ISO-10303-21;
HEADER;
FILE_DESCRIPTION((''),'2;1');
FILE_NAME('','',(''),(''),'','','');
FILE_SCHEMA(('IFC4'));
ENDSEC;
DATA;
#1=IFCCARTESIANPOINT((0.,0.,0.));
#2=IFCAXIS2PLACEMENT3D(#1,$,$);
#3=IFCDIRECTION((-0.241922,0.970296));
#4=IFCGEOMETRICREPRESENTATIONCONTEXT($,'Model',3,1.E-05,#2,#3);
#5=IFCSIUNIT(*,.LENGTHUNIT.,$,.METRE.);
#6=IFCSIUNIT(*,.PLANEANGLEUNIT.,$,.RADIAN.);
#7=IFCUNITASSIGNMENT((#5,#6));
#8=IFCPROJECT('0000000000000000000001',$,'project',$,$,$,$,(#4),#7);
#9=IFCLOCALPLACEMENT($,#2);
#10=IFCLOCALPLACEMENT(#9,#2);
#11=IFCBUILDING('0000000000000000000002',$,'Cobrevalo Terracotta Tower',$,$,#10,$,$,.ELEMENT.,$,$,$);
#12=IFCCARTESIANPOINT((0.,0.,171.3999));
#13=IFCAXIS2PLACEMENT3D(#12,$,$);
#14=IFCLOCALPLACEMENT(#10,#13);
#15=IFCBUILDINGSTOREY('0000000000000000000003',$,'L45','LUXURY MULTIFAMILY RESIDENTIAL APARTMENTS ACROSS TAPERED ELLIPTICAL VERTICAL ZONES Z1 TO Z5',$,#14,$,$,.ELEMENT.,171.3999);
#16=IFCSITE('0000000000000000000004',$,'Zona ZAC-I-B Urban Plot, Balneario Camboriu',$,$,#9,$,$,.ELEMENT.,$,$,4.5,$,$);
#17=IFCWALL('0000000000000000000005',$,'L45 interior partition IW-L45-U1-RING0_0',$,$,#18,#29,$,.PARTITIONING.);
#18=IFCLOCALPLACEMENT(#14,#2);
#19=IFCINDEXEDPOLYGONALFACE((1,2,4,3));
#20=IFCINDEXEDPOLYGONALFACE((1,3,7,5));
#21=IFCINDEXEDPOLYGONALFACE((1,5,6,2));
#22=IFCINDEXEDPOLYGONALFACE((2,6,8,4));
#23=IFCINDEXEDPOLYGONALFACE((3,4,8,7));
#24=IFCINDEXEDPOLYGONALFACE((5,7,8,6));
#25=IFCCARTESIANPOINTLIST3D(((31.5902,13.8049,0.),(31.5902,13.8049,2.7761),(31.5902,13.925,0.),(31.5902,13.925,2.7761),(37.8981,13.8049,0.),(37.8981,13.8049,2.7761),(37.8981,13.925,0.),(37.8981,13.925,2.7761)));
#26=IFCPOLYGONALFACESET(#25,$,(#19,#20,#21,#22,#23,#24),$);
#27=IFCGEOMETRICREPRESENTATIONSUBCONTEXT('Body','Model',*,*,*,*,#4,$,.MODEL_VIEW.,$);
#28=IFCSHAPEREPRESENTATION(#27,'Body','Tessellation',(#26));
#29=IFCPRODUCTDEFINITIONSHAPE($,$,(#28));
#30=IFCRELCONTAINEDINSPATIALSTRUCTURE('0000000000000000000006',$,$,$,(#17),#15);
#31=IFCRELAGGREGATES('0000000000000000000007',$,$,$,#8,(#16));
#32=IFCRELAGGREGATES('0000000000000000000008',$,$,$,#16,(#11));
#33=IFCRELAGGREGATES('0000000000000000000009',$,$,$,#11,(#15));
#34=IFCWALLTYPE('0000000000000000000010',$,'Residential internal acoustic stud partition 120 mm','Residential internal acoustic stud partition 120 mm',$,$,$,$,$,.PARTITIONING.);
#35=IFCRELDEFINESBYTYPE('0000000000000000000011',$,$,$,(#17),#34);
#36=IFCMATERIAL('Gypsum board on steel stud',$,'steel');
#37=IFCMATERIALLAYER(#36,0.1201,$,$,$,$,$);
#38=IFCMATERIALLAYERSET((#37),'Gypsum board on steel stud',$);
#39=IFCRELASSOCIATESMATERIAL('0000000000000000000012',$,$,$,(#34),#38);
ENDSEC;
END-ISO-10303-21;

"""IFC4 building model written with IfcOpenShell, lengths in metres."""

from ifc_helpers import new_model, si_unit, direction, frame, frame_2d, origin, place, context, subcontext, project, spatial, rectangle, extrude, material, layer, layer_set, type_object, element, save


model = new_model("IFC4")

# Units and contexts
model_context = context("Model", 3, precision=1e-05, world=origin(), true_north=direction((-0.241922, 0.970296)))
body_context = subcontext(model_context, "Body", "Model", "MODEL_VIEW")
ifc_project = project(units=[si_unit("LENGTHUNIT", "METRE"), si_unit("PLANEANGLEUNIT", "RADIAN")], contexts=[model_context])

# Site, building, storey
site_placement = place(None, origin())
site = spatial("IfcSite", under=ifc_project, at=site_placement, Name="Zona ZAC-I-B Urban Plot, Balneario Camboriu", CompositionType="ELEMENT", RefElevation=4.5)
building_placement = place(site_placement, origin())
building = spatial("IfcBuilding", under=site, at=building_placement, Name="Cobrevalo Terracotta Tower", CompositionType="ELEMENT")
storey_placement = place(building_placement, frame((0.0, 0.0, 171.3999)))
storey = spatial("IfcBuildingStorey", under=building, at=storey_placement, Name="L45", Description="LUXURY MULTIFAMILY RESIDENTIAL APARTMENTS ACROSS TAPERED ELLIPTICAL VERTICAL ZONES Z1 TO Z5", CompositionType="ELEMENT", Elevation=171.3999)

# Wall
ifc_material_1 = material(Name="Gypsum board on steel stud", Category="steel")
ifc_layer_1 = layer(ifc_material_1, 0.1201)
ifc_layer_set_1 = layer_set([ifc_layer_1], Name="Gypsum board on steel stud")
wall_type_1 = type_object("IfcWallType", Name="Residential internal acoustic stud partition 120 mm", Description="Residential internal acoustic stud partition 120 mm", PredefinedType="PARTITIONING", material=ifc_layer_set_1)
wall_1_placement = place(storey_placement, frame((37.8979, 13.865, 0.0), z_axis=(0.0, 0.0, 1.0), x_axis=(-1.0, 0.0, 0.0)))
element("IfcWall", 1, at=wall_1_placement, inside=storey, type_object=wall_type_1, Name="L45 interior partition IW-L45-U1-RING0_0", PredefinedType="PARTITIONING", context=body_context, shape_type="SweptSolid", body=[
    extrude(rectangle(XDim=6.3079, YDim=0.1201, at=frame_2d((3.1538, 0.0))), origin(), (0.0, 0.0, 1.0), 2.7761),
])

save(model, "model.ifc")
